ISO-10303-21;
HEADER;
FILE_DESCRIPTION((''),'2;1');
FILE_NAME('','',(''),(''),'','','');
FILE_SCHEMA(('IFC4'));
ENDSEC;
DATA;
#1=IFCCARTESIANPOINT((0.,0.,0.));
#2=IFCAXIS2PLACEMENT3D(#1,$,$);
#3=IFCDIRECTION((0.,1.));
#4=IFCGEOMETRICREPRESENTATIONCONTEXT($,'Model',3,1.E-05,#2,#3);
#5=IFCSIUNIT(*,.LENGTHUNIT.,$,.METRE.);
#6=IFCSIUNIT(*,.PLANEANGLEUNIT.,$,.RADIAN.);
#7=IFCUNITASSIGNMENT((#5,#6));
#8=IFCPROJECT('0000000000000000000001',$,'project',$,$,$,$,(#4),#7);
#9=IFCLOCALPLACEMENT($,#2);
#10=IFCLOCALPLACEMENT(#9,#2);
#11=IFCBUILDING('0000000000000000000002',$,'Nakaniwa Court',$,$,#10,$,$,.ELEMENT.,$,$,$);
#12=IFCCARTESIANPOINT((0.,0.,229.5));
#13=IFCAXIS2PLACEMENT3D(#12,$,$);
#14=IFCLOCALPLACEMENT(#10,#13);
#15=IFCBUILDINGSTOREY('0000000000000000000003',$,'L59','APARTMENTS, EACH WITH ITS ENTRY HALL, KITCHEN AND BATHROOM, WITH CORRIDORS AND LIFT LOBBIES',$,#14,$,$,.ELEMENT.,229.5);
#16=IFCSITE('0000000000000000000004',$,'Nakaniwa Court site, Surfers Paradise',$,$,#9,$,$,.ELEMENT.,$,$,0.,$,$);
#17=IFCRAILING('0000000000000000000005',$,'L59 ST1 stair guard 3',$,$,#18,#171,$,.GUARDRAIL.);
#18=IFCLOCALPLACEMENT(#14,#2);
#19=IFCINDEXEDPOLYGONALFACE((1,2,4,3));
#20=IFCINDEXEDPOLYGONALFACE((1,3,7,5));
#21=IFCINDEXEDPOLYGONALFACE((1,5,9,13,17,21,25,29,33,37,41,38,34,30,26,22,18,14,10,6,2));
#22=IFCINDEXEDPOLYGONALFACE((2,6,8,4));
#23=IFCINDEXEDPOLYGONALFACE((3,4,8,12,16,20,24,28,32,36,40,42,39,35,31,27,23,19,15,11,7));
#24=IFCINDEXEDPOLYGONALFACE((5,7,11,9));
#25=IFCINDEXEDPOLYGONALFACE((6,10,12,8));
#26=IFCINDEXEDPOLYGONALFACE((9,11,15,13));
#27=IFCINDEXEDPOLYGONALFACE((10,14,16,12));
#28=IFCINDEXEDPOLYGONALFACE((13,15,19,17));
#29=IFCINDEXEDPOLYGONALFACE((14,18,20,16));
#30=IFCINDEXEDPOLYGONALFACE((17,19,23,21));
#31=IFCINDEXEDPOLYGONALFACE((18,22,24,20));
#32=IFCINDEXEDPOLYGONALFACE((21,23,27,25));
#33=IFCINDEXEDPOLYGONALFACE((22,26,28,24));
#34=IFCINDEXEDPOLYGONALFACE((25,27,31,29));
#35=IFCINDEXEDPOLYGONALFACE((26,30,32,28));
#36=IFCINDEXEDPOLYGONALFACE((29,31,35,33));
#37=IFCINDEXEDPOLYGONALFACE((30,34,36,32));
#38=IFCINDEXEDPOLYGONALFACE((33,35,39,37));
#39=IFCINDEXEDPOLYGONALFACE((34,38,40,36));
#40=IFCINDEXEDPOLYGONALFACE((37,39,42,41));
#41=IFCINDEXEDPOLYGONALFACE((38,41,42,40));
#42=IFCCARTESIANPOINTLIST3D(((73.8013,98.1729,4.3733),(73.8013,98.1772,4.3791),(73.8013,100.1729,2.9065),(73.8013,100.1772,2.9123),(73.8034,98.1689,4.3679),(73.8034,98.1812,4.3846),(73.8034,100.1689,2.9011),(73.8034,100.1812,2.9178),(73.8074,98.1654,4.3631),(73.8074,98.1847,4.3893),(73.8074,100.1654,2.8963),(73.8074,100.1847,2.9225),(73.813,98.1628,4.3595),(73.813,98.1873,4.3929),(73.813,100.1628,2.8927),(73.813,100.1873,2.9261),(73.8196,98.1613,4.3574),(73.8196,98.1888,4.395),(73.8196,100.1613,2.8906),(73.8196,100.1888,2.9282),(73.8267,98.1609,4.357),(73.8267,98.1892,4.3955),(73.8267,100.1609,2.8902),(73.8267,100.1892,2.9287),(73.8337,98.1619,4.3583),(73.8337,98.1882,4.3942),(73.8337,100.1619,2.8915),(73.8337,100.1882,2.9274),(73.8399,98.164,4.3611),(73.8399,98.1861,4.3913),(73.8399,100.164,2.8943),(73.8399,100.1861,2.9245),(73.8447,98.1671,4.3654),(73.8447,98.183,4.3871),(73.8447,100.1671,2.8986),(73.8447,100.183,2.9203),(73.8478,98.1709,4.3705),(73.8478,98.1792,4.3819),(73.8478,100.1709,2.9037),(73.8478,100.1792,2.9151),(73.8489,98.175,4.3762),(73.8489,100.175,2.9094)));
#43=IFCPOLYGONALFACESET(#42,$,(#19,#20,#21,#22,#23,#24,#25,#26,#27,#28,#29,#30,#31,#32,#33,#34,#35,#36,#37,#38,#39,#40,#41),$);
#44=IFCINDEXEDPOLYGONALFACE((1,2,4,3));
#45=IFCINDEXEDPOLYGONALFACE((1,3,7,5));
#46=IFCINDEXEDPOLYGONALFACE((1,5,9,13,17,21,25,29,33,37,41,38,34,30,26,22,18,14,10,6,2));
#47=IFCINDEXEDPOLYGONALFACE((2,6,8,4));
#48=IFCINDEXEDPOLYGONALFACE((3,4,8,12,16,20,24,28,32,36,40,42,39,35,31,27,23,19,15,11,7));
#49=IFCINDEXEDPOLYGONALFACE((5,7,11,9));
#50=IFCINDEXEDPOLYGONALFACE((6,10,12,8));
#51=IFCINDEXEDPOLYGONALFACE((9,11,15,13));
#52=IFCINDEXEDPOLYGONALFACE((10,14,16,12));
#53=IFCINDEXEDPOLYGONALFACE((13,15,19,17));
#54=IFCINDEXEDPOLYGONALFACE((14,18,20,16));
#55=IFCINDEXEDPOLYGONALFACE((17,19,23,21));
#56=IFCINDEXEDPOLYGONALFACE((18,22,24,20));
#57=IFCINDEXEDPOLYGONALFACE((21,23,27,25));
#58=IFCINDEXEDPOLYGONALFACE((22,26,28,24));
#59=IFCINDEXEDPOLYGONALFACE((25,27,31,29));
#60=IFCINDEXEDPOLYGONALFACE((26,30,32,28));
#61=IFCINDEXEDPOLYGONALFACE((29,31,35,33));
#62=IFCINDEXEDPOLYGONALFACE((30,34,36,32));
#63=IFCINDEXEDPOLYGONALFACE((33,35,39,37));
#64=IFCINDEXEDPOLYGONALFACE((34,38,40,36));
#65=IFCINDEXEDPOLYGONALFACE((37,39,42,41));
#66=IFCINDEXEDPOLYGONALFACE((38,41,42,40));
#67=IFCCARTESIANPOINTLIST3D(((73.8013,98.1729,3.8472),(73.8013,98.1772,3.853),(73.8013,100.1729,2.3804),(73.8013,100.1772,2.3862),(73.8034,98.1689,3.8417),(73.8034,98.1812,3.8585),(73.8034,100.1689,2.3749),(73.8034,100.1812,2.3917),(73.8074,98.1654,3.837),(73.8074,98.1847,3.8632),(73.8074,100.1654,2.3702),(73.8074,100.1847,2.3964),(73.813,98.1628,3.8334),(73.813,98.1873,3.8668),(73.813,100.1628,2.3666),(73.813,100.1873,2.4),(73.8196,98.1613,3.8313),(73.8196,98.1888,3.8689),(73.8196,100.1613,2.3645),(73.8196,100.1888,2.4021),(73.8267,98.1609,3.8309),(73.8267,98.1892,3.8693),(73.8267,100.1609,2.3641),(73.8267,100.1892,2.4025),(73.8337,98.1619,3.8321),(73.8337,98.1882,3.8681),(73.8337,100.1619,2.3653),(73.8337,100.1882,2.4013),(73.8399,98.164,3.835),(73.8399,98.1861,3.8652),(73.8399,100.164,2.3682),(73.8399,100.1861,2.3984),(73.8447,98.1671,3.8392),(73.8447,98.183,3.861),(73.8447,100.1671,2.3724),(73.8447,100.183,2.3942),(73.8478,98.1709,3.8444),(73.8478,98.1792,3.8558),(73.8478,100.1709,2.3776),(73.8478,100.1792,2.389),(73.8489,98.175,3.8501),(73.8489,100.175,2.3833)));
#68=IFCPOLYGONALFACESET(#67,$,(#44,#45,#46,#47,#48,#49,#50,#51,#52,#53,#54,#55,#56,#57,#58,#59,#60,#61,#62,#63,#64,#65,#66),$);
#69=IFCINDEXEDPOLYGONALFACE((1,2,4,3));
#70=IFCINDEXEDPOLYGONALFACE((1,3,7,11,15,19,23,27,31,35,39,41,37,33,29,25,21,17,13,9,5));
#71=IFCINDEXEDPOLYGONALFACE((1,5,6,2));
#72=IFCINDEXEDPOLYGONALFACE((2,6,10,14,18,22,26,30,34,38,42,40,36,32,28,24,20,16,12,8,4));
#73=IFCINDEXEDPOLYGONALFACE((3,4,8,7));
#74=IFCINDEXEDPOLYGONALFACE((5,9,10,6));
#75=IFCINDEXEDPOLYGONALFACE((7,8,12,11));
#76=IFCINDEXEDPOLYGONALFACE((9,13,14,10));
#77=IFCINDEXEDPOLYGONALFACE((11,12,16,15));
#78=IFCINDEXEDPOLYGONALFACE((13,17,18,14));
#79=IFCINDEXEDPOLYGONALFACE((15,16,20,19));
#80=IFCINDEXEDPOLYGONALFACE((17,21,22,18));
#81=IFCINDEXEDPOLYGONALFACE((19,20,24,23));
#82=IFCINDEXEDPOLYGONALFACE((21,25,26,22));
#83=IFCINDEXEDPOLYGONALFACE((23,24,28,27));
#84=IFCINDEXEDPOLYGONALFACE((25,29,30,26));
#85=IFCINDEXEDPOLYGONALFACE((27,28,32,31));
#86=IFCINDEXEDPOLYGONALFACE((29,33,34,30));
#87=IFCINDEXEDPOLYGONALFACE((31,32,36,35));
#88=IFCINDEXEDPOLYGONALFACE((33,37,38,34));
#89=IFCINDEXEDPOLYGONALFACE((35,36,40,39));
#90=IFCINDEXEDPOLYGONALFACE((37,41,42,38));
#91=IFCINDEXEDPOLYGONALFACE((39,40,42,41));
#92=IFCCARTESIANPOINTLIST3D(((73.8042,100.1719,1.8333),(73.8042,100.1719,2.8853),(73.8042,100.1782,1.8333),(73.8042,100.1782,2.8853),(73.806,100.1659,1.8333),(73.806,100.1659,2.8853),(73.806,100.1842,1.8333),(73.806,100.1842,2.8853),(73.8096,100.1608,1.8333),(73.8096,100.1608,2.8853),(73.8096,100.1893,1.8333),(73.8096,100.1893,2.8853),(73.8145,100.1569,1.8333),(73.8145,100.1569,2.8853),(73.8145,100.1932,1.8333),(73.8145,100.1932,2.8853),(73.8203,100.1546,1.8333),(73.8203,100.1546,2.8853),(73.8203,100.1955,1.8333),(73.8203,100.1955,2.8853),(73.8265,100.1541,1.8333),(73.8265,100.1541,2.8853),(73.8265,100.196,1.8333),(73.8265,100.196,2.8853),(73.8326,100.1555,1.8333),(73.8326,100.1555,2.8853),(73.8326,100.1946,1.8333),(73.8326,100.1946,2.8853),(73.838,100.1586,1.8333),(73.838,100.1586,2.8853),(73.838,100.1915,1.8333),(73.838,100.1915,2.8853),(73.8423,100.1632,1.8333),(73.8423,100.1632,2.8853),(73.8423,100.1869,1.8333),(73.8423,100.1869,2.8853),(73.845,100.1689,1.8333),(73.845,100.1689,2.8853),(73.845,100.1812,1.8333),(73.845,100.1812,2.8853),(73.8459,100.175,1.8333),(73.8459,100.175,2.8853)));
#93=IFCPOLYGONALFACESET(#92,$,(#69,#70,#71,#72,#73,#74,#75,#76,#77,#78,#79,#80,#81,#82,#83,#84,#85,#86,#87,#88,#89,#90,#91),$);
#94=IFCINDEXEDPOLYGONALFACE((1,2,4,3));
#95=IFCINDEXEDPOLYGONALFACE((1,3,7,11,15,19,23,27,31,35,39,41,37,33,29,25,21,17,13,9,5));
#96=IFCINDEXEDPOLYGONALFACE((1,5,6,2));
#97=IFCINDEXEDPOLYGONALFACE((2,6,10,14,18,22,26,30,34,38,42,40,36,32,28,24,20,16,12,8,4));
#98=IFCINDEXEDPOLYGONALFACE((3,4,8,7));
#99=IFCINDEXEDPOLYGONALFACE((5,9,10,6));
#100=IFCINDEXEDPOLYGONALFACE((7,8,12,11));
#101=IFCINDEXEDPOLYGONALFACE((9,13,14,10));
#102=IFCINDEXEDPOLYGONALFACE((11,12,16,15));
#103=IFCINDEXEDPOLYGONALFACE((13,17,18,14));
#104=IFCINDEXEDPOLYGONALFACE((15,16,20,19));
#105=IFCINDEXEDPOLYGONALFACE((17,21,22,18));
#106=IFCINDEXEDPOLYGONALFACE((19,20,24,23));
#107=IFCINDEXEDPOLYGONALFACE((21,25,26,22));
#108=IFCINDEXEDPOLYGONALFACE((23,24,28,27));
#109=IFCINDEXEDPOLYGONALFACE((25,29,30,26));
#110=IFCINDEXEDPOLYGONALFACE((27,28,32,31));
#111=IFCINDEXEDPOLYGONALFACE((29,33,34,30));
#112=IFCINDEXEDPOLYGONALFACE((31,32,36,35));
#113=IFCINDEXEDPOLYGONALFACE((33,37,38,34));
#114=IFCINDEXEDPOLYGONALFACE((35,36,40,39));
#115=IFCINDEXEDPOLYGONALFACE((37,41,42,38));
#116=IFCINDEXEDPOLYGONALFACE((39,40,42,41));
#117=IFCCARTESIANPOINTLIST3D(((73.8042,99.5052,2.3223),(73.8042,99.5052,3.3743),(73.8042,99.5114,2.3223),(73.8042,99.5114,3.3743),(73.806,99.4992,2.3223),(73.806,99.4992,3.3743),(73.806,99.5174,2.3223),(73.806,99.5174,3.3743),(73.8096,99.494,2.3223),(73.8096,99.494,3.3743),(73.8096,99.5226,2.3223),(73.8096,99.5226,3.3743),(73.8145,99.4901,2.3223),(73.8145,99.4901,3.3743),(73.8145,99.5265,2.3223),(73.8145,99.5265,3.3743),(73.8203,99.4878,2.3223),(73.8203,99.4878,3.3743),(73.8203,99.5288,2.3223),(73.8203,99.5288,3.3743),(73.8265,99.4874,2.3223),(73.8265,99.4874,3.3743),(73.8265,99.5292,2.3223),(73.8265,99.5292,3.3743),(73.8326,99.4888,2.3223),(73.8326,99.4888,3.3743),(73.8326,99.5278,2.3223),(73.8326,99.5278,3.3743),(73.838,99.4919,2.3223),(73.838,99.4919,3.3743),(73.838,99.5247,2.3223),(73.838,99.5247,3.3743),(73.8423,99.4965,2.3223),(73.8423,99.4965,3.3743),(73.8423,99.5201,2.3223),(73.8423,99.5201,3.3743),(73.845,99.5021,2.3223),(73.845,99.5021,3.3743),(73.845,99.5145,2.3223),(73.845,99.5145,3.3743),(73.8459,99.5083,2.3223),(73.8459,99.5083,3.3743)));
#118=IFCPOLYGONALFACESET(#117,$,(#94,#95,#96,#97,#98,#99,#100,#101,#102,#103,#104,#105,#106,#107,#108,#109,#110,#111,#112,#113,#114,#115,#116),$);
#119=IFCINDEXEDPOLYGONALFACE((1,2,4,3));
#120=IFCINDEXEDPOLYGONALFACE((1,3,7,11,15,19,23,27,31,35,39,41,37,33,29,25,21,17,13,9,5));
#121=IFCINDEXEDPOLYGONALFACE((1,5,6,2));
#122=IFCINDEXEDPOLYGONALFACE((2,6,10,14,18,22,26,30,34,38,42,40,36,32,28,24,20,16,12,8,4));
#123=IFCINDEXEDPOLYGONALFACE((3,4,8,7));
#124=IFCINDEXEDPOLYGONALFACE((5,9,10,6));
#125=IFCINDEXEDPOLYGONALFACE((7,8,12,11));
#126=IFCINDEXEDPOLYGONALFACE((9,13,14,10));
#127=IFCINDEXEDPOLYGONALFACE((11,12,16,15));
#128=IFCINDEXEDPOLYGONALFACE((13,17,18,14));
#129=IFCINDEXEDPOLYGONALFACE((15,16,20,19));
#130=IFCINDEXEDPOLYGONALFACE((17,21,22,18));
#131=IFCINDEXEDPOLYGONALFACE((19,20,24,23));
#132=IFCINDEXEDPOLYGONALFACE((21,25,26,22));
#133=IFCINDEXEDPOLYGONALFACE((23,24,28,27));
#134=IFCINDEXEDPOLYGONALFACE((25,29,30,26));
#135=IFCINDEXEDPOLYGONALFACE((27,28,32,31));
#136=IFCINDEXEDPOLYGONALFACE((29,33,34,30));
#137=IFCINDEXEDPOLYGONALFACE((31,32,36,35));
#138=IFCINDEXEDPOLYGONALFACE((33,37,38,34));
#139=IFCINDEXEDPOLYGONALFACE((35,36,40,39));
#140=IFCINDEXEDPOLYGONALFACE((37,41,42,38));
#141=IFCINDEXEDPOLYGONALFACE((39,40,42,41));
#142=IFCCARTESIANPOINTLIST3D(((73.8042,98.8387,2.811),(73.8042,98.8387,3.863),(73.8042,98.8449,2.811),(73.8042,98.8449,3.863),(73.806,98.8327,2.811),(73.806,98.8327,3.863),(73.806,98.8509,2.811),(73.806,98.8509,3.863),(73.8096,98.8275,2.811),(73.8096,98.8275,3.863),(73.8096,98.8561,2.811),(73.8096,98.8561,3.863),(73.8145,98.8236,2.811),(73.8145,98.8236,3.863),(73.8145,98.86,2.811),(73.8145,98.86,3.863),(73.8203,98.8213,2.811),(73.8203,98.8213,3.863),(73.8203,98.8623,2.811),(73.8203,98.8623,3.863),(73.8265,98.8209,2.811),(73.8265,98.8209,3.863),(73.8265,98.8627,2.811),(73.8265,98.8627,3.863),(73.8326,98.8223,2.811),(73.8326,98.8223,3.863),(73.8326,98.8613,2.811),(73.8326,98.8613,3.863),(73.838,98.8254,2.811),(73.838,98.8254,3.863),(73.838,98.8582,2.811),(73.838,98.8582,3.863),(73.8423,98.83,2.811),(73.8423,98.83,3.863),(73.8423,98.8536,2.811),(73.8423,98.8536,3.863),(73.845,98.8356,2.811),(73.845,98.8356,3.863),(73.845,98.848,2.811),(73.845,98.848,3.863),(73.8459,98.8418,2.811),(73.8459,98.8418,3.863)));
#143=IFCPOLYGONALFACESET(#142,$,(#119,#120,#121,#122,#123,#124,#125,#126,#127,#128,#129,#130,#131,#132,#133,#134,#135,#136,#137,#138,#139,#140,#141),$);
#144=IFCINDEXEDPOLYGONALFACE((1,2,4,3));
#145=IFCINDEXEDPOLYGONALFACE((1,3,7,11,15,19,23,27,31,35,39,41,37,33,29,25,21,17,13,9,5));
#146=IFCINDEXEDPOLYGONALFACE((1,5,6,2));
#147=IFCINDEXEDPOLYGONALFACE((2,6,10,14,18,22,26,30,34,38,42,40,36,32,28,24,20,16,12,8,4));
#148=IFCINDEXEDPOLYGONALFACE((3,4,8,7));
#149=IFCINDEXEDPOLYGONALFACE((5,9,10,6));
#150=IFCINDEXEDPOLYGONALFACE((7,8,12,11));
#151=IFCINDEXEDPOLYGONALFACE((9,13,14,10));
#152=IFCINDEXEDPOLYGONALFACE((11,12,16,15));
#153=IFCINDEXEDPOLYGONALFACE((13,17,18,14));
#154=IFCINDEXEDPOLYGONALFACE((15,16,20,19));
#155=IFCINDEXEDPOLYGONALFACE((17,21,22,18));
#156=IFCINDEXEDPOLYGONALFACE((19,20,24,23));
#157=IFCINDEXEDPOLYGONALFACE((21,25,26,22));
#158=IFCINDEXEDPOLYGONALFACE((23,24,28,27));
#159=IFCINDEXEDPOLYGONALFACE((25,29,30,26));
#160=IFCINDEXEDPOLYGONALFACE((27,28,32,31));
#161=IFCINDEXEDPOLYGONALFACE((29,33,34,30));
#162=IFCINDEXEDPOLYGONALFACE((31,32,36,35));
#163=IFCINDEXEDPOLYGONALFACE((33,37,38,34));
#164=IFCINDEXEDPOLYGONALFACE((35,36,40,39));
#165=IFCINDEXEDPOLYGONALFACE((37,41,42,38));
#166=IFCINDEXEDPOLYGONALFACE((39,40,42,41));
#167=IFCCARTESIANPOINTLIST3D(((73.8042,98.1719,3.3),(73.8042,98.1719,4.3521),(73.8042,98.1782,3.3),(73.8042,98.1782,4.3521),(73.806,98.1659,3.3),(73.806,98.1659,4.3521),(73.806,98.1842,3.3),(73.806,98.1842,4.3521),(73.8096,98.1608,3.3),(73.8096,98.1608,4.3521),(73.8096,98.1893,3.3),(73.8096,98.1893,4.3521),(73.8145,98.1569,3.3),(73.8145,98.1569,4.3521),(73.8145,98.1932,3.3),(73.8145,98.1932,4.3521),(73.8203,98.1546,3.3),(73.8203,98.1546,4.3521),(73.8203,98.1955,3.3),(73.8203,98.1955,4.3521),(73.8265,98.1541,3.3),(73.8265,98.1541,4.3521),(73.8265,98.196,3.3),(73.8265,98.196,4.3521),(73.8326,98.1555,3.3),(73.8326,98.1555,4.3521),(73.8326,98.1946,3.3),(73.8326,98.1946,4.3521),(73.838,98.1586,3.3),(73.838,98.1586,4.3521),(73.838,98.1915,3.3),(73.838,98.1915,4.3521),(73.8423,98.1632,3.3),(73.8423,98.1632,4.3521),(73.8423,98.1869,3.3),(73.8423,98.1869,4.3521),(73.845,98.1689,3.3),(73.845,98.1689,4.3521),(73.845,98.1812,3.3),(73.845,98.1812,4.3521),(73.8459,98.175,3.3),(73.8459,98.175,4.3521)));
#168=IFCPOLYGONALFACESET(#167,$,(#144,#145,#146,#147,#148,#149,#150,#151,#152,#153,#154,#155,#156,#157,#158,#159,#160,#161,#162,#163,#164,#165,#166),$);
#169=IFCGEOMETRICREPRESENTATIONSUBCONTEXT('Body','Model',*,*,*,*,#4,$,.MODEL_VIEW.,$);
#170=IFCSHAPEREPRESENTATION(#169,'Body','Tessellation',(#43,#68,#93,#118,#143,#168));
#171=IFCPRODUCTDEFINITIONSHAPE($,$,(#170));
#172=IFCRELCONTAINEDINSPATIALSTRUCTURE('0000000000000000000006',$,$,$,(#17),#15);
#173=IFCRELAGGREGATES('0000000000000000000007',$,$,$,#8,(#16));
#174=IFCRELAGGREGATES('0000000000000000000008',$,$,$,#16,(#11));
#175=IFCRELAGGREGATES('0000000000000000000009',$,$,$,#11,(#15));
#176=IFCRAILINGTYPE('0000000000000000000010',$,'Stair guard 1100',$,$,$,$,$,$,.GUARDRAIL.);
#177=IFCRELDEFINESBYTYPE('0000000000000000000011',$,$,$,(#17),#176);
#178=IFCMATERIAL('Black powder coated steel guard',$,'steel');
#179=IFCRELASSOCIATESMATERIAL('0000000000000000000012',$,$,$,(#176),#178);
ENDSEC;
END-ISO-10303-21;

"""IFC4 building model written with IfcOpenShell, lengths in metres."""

from ifc_helpers import new_model, si_unit, direction, frame, origin, origin_2d, place, context, subcontext, project, spatial, circle, extrude, material, type_object, element, save


model = new_model("IFC4")

# Units and contexts
model_context = context("Model", 3, precision=1e-05, world=origin(), true_north=direction((0.0, 1.0)))
body_context = subcontext(model_context, "Body", "Model", "MODEL_VIEW")
ifc_project = project(units=[si_unit("LENGTHUNIT", "METRE"), si_unit("PLANEANGLEUNIT", "RADIAN")], contexts=[model_context])

# Site, building, storey
site_placement = place(None, origin())
site = spatial("IfcSite", under=ifc_project, at=site_placement, Name="Nakaniwa Court site, Surfers Paradise", CompositionType="ELEMENT", RefElevation=0.0)
building_placement = place(site_placement, origin())
building = spatial("IfcBuilding", under=site, at=building_placement, Name="Nakaniwa Court", CompositionType="ELEMENT")
storey_placement = place(building_placement, frame((0.0, 0.0, 229.5)))
storey = spatial("IfcBuildingStorey", under=building, at=storey_placement, Name="L59", Description="APARTMENTS, EACH WITH ITS ENTRY HALL, KITCHEN AND BATHROOM, WITH CORRIDORS AND LIFT LOBBIES", CompositionType="ELEMENT", Elevation=229.5)

# Railing
ifc_material_1 = material(Name="Black powder coated steel guard", Category="steel")
railing_type_1 = type_object("IfcRailingType", Name="Stair guard 1100", PredefinedType="GUARDRAIL", material=ifc_material_1)
railing_1_placement = place(storey_placement, frame((73.825, 100.175, 1.8333)))
element("IfcRailing", 1, at=railing_1_placement, inside=storey, type_object=railing_type_1, Name="L59 ST1 stair guard 3", PredefinedType="GUARDRAIL", context=body_context, shape_type="SweptSolid", body=[
    extrude(circle(Radius=0.0239, at=origin_2d()), frame((0.0, 0.0, 1.0762), z_axis=(0.0, -0.80638, 0.591398), x_axis=(1.0, 0.0, 0.0)), (0.0, 0.0, 1.0), 2.4802),
    extrude(circle(Radius=0.0239, at=origin_2d()), frame((0.0, 0.0, 0.55), z_axis=(0.0, -0.80638, 0.591398), x_axis=(1.0, 0.0, 0.0)), (0.0, 0.0, 1.0), 2.4802),
    extrude(circle(Radius=0.021, at=origin_2d()), origin(), (0.0, 0.0, 1.0), 1.052),
    extrude(circle(Radius=0.021, at=origin_2d()), frame((0.0, -0.6667, 0.489)), (0.0, 0.0, 1.0), 1.052),
    extrude(circle(Radius=0.021, at=origin_2d()), frame((0.0, -1.3333, 0.9778)), (0.0, 0.0, 1.0), 1.052),
    extrude(circle(Radius=0.021, at=origin_2d()), frame((0.0, -2.0, 1.4668)), (0.0, 0.0, 1.0), 1.052),
])

save(model, "model.ifc")
